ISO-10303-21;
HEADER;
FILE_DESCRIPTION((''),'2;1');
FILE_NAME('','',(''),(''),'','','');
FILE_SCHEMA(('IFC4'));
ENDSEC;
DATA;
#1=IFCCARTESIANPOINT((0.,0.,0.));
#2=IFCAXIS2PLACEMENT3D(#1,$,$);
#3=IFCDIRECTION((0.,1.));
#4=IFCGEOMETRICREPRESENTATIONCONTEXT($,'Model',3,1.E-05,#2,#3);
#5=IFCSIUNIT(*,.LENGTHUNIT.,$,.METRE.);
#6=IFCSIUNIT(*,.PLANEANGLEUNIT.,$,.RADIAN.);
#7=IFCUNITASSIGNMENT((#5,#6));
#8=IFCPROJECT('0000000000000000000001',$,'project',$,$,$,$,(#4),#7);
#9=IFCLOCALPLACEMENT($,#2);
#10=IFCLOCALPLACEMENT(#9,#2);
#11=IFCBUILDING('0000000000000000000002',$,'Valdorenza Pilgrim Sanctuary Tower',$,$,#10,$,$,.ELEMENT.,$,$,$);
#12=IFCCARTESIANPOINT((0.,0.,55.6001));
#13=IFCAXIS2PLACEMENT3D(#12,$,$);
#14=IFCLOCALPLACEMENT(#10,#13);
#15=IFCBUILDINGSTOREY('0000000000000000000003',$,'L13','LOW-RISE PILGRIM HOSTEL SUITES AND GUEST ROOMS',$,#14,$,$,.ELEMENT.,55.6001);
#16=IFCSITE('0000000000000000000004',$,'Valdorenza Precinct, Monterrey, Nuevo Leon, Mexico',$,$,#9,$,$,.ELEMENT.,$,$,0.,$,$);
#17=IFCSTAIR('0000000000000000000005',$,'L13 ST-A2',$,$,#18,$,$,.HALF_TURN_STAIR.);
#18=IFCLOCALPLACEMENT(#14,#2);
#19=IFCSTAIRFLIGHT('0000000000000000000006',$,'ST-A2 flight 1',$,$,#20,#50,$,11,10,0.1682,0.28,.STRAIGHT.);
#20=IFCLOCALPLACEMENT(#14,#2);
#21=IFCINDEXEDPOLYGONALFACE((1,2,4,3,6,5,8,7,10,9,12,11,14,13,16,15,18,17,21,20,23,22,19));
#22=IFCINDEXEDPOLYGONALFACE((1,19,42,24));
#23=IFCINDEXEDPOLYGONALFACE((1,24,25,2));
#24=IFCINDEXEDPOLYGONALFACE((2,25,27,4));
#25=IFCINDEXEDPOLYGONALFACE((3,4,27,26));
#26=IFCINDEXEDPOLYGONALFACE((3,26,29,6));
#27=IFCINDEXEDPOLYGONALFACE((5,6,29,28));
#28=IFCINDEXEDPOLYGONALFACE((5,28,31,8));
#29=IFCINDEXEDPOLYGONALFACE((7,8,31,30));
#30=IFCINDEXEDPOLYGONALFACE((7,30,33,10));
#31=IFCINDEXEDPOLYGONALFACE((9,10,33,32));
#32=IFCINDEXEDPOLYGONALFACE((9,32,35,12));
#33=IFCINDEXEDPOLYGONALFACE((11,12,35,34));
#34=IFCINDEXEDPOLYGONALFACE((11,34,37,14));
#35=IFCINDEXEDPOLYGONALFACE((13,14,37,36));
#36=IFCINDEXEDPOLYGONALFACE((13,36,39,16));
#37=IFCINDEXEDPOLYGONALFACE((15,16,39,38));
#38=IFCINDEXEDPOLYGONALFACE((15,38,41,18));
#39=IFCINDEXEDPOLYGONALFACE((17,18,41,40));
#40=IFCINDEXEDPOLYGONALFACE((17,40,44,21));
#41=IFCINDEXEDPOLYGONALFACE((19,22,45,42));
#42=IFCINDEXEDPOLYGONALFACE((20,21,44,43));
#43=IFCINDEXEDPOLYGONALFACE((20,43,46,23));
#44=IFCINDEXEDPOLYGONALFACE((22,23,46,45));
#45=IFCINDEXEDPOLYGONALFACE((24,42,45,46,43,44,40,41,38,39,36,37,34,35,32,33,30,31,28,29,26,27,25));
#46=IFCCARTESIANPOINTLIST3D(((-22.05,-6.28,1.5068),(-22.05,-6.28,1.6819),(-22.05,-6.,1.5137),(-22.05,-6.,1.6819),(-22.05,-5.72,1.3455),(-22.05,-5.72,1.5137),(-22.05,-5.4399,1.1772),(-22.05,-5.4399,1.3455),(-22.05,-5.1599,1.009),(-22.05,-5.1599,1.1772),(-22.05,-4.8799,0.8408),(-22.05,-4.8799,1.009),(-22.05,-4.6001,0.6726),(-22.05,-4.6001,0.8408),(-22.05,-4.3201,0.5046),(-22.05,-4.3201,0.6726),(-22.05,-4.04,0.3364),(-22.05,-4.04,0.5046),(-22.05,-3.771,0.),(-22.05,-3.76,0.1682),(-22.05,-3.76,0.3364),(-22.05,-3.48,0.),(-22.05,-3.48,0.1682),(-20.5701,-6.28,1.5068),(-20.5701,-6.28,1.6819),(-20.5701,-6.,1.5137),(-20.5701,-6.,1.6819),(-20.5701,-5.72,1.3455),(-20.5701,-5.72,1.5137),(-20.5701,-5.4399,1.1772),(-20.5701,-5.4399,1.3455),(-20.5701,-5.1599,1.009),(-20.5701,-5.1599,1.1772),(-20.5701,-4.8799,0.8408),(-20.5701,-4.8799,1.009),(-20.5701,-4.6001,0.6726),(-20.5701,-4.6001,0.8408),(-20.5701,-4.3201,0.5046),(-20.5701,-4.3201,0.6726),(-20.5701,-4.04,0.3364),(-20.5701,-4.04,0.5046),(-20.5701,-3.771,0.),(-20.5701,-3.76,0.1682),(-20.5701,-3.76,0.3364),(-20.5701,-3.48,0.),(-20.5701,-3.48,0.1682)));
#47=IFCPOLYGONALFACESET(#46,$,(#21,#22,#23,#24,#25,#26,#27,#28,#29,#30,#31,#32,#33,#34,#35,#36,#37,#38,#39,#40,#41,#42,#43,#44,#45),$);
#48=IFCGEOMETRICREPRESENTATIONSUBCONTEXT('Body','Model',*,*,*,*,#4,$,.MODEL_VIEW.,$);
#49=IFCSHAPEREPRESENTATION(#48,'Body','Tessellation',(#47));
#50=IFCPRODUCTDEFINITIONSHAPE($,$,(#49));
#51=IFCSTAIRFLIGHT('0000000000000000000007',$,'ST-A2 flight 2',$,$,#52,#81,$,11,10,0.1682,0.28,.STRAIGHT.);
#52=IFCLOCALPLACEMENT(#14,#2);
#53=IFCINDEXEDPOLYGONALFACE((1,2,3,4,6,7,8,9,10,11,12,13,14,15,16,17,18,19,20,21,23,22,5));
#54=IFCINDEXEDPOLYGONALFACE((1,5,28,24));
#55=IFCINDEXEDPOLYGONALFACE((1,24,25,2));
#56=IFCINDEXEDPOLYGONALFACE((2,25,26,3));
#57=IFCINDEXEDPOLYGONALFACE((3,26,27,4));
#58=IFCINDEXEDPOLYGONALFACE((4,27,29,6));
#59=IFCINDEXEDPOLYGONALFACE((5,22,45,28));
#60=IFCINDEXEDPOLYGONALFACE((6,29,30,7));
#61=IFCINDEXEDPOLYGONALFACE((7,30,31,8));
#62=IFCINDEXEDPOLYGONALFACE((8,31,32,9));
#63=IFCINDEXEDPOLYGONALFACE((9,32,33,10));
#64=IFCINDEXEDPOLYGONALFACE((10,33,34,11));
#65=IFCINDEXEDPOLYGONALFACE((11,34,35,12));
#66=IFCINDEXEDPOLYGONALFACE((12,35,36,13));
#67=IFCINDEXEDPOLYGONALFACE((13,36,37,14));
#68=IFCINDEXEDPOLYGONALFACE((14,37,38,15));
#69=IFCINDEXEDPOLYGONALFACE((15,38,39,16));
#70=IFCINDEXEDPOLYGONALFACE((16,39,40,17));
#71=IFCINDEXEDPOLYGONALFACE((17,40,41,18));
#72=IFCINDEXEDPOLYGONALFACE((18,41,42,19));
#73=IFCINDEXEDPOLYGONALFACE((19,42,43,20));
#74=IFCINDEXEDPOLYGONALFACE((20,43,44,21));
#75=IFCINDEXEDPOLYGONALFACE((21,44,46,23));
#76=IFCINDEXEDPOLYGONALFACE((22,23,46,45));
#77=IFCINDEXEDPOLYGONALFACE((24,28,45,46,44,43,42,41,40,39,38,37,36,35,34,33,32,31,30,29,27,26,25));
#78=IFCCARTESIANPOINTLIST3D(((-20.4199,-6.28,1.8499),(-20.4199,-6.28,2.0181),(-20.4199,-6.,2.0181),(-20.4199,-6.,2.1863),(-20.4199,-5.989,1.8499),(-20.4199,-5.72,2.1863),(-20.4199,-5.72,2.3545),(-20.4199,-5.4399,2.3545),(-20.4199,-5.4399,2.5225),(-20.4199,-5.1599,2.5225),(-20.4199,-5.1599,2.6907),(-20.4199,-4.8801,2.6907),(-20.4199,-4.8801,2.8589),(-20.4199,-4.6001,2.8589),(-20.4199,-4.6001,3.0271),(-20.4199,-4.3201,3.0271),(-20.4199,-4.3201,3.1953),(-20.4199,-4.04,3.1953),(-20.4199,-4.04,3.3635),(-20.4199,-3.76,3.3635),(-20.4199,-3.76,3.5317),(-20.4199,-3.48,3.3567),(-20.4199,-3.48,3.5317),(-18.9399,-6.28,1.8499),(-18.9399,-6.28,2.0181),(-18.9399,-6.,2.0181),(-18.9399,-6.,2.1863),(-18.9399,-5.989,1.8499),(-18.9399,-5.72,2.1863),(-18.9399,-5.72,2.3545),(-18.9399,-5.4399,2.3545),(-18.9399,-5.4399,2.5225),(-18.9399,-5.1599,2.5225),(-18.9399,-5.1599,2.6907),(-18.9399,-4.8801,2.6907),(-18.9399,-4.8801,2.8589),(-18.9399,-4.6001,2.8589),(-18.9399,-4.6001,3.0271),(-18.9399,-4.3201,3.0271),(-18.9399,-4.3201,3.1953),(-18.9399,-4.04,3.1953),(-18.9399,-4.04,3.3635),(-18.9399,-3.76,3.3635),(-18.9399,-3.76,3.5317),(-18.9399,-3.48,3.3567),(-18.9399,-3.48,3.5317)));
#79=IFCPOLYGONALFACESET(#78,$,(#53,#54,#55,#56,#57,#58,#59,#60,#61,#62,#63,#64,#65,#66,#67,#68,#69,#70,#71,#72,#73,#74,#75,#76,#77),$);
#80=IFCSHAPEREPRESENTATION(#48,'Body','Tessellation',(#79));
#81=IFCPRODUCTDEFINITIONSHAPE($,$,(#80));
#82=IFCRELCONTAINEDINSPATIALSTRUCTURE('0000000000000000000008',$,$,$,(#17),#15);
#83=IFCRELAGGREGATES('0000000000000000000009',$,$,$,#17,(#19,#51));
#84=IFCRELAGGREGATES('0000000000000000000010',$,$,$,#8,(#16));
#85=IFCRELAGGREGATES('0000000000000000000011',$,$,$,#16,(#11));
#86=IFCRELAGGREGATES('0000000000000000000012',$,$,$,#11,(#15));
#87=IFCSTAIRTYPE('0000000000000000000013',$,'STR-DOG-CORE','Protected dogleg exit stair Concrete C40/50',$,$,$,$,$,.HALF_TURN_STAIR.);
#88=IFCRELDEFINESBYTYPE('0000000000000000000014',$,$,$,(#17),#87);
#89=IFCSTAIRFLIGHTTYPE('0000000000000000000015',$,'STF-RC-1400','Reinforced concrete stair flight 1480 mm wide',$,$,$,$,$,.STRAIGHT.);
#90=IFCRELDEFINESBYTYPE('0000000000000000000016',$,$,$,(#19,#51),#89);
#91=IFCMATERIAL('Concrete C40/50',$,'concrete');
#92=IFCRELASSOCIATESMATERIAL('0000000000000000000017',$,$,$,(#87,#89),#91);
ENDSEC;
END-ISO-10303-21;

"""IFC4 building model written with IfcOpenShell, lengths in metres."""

from ifc_helpers import new_model, si_unit, direction, frame, origin, place, context, subcontext, project, spatial, polyline, outline, extrude, material, type_object, element, aggregate, save


model = new_model("IFC4")

# Units and contexts
model_context = context("Model", 3, precision=1e-05, world=origin(), true_north=direction((0.0, 1.0)))
body_context = subcontext(model_context, "Body", "Model", "MODEL_VIEW")
ifc_project = project(units=[si_unit("LENGTHUNIT", "METRE"), si_unit("PLANEANGLEUNIT", "RADIAN")], contexts=[model_context])

# Site, building, storey
site_placement = place(None, origin())
site = spatial("IfcSite", under=ifc_project, at=site_placement, Name="Valdorenza Precinct, Monterrey, Nuevo Leon, Mexico", CompositionType="ELEMENT", RefElevation=0.0)
building_placement = place(site_placement, origin())
building = spatial("IfcBuilding", under=site, at=building_placement, Name="Valdorenza Pilgrim Sanctuary Tower", CompositionType="ELEMENT")
storey_placement = place(building_placement, frame((0.0, 0.0, 55.6001)))
storey = spatial("IfcBuildingStorey", under=building, at=storey_placement, Name="L13", Description="LOW-RISE PILGRIM HOSTEL SUITES AND GUEST ROOMS", CompositionType="ELEMENT", Elevation=55.6001)

# Shared definitions
ifc_material_1 = material(Name="Concrete C40/50", Category="concrete")

# Stair, stair flights
stair_type = type_object("IfcStairType", Name="STR-DOG-CORE", Description="Protected dogleg exit stair Concrete C40/50", PredefinedType="HALF_TURN_STAIR", material=ifc_material_1)
stair_placement = place(storey_placement, origin())
stair = element("IfcStair", 1, at=stair_placement, inside=storey, type_object=stair_type, Name="L13 ST-A2", PredefinedType="HALF_TURN_STAIR")
stair_flight_type = type_object("IfcStairFlightType", Name="STF-RC-1400", Description="Reinforced concrete stair flight 1480 mm wide", PredefinedType="STRAIGHT", material=ifc_material_1)
stair_flight_1_placement = place(storey_placement, frame((-21.3101, -3.48, 0.0), z_axis=(0.0, 0.0, 1.0), x_axis=(0.0, -1.0, 0.0)))
stair_flight_1 = element("IfcStairFlight", 2, at=stair_flight_1_placement, type_object=stair_flight_type, Name="ST-A2 flight 1", NumberOfRisers=11, NumberOfTreads=10, PredefinedType="STRAIGHT", RiserHeight=0.1682, TreadLength=0.28, context=body_context, shape_type="SweptSolid", body=[
    extrude(outline(polyline([(0.0, 0.0), (0.0, 0.1682), (0.28, 0.1682), (0.28, 0.3364), (0.5601, 0.3364), (0.5601, 0.5046), (0.8401, 0.5046), (0.8401, 0.6726), (1.1201, 0.6726), (1.1201, 0.8408), (1.3999, 0.8408), (1.3999, 1.009), (1.6799, 1.009), (1.6799, 1.1772), (1.96, 1.1772), (1.96, 1.3455), (2.24, 1.3455), (2.24, 1.5137), (2.52, 1.5137), (2.52, 1.6819), (2.8, 1.6819), (2.8, 1.8501), (2.8, 1.5068), (0.291, 0.0), (0.0, 0.0)])), frame((0.0, 0.74, 0.0), z_axis=(0.0, -1.0, 0.0), x_axis=(1.0, 0.0, 0.0)), (0.0, 0.0, 1.0), 1.48),
])
stair_flight_2_placement = place(storey_placement, frame((-19.6799, -6.28, 1.8499), z_axis=(0.0, 0.0, 1.0), x_axis=(0.0, 1.0, 0.0)))
stair_flight_2 = element("IfcStairFlight", 3, at=stair_flight_2_placement, type_object=stair_flight_type, Name="ST-A2 flight 2", NumberOfRisers=11, NumberOfTreads=10, PredefinedType="STRAIGHT", RiserHeight=0.1682, TreadLength=0.28, context=body_context, shape_type="SweptSolid", body=[
    extrude(outline(polyline([(0.0, 0.0), (0.0, 0.1682), (0.28, 0.1682), (0.28, 0.3364), (0.5601, 0.3364), (0.5601, 0.5046), (0.8401, 0.5046), (0.8401, 0.6726), (1.1201, 0.6726), (1.1201, 0.8408), (1.3999, 0.8408), (1.3999, 1.009), (1.6799, 1.009), (1.6799, 1.1772), (1.96, 1.1772), (1.96, 1.3455), (2.24, 1.3455), (2.24, 1.5137), (2.52, 1.5137), (2.52, 1.6819), (2.8, 1.6819), (2.8, 1.8501), (2.8, 1.5068), (0.291, 0.0), (0.0, 0.0)])), frame((0.0, 0.74, 0.0), z_axis=(0.0, -1.0, 0.0), x_axis=(1.0, 0.0, 0.0)), (0.0, 0.0, 1.0), 1.48),
])
aggregate(stair, [stair_flight_1, stair_flight_2])

save(model, "model.ifc")
